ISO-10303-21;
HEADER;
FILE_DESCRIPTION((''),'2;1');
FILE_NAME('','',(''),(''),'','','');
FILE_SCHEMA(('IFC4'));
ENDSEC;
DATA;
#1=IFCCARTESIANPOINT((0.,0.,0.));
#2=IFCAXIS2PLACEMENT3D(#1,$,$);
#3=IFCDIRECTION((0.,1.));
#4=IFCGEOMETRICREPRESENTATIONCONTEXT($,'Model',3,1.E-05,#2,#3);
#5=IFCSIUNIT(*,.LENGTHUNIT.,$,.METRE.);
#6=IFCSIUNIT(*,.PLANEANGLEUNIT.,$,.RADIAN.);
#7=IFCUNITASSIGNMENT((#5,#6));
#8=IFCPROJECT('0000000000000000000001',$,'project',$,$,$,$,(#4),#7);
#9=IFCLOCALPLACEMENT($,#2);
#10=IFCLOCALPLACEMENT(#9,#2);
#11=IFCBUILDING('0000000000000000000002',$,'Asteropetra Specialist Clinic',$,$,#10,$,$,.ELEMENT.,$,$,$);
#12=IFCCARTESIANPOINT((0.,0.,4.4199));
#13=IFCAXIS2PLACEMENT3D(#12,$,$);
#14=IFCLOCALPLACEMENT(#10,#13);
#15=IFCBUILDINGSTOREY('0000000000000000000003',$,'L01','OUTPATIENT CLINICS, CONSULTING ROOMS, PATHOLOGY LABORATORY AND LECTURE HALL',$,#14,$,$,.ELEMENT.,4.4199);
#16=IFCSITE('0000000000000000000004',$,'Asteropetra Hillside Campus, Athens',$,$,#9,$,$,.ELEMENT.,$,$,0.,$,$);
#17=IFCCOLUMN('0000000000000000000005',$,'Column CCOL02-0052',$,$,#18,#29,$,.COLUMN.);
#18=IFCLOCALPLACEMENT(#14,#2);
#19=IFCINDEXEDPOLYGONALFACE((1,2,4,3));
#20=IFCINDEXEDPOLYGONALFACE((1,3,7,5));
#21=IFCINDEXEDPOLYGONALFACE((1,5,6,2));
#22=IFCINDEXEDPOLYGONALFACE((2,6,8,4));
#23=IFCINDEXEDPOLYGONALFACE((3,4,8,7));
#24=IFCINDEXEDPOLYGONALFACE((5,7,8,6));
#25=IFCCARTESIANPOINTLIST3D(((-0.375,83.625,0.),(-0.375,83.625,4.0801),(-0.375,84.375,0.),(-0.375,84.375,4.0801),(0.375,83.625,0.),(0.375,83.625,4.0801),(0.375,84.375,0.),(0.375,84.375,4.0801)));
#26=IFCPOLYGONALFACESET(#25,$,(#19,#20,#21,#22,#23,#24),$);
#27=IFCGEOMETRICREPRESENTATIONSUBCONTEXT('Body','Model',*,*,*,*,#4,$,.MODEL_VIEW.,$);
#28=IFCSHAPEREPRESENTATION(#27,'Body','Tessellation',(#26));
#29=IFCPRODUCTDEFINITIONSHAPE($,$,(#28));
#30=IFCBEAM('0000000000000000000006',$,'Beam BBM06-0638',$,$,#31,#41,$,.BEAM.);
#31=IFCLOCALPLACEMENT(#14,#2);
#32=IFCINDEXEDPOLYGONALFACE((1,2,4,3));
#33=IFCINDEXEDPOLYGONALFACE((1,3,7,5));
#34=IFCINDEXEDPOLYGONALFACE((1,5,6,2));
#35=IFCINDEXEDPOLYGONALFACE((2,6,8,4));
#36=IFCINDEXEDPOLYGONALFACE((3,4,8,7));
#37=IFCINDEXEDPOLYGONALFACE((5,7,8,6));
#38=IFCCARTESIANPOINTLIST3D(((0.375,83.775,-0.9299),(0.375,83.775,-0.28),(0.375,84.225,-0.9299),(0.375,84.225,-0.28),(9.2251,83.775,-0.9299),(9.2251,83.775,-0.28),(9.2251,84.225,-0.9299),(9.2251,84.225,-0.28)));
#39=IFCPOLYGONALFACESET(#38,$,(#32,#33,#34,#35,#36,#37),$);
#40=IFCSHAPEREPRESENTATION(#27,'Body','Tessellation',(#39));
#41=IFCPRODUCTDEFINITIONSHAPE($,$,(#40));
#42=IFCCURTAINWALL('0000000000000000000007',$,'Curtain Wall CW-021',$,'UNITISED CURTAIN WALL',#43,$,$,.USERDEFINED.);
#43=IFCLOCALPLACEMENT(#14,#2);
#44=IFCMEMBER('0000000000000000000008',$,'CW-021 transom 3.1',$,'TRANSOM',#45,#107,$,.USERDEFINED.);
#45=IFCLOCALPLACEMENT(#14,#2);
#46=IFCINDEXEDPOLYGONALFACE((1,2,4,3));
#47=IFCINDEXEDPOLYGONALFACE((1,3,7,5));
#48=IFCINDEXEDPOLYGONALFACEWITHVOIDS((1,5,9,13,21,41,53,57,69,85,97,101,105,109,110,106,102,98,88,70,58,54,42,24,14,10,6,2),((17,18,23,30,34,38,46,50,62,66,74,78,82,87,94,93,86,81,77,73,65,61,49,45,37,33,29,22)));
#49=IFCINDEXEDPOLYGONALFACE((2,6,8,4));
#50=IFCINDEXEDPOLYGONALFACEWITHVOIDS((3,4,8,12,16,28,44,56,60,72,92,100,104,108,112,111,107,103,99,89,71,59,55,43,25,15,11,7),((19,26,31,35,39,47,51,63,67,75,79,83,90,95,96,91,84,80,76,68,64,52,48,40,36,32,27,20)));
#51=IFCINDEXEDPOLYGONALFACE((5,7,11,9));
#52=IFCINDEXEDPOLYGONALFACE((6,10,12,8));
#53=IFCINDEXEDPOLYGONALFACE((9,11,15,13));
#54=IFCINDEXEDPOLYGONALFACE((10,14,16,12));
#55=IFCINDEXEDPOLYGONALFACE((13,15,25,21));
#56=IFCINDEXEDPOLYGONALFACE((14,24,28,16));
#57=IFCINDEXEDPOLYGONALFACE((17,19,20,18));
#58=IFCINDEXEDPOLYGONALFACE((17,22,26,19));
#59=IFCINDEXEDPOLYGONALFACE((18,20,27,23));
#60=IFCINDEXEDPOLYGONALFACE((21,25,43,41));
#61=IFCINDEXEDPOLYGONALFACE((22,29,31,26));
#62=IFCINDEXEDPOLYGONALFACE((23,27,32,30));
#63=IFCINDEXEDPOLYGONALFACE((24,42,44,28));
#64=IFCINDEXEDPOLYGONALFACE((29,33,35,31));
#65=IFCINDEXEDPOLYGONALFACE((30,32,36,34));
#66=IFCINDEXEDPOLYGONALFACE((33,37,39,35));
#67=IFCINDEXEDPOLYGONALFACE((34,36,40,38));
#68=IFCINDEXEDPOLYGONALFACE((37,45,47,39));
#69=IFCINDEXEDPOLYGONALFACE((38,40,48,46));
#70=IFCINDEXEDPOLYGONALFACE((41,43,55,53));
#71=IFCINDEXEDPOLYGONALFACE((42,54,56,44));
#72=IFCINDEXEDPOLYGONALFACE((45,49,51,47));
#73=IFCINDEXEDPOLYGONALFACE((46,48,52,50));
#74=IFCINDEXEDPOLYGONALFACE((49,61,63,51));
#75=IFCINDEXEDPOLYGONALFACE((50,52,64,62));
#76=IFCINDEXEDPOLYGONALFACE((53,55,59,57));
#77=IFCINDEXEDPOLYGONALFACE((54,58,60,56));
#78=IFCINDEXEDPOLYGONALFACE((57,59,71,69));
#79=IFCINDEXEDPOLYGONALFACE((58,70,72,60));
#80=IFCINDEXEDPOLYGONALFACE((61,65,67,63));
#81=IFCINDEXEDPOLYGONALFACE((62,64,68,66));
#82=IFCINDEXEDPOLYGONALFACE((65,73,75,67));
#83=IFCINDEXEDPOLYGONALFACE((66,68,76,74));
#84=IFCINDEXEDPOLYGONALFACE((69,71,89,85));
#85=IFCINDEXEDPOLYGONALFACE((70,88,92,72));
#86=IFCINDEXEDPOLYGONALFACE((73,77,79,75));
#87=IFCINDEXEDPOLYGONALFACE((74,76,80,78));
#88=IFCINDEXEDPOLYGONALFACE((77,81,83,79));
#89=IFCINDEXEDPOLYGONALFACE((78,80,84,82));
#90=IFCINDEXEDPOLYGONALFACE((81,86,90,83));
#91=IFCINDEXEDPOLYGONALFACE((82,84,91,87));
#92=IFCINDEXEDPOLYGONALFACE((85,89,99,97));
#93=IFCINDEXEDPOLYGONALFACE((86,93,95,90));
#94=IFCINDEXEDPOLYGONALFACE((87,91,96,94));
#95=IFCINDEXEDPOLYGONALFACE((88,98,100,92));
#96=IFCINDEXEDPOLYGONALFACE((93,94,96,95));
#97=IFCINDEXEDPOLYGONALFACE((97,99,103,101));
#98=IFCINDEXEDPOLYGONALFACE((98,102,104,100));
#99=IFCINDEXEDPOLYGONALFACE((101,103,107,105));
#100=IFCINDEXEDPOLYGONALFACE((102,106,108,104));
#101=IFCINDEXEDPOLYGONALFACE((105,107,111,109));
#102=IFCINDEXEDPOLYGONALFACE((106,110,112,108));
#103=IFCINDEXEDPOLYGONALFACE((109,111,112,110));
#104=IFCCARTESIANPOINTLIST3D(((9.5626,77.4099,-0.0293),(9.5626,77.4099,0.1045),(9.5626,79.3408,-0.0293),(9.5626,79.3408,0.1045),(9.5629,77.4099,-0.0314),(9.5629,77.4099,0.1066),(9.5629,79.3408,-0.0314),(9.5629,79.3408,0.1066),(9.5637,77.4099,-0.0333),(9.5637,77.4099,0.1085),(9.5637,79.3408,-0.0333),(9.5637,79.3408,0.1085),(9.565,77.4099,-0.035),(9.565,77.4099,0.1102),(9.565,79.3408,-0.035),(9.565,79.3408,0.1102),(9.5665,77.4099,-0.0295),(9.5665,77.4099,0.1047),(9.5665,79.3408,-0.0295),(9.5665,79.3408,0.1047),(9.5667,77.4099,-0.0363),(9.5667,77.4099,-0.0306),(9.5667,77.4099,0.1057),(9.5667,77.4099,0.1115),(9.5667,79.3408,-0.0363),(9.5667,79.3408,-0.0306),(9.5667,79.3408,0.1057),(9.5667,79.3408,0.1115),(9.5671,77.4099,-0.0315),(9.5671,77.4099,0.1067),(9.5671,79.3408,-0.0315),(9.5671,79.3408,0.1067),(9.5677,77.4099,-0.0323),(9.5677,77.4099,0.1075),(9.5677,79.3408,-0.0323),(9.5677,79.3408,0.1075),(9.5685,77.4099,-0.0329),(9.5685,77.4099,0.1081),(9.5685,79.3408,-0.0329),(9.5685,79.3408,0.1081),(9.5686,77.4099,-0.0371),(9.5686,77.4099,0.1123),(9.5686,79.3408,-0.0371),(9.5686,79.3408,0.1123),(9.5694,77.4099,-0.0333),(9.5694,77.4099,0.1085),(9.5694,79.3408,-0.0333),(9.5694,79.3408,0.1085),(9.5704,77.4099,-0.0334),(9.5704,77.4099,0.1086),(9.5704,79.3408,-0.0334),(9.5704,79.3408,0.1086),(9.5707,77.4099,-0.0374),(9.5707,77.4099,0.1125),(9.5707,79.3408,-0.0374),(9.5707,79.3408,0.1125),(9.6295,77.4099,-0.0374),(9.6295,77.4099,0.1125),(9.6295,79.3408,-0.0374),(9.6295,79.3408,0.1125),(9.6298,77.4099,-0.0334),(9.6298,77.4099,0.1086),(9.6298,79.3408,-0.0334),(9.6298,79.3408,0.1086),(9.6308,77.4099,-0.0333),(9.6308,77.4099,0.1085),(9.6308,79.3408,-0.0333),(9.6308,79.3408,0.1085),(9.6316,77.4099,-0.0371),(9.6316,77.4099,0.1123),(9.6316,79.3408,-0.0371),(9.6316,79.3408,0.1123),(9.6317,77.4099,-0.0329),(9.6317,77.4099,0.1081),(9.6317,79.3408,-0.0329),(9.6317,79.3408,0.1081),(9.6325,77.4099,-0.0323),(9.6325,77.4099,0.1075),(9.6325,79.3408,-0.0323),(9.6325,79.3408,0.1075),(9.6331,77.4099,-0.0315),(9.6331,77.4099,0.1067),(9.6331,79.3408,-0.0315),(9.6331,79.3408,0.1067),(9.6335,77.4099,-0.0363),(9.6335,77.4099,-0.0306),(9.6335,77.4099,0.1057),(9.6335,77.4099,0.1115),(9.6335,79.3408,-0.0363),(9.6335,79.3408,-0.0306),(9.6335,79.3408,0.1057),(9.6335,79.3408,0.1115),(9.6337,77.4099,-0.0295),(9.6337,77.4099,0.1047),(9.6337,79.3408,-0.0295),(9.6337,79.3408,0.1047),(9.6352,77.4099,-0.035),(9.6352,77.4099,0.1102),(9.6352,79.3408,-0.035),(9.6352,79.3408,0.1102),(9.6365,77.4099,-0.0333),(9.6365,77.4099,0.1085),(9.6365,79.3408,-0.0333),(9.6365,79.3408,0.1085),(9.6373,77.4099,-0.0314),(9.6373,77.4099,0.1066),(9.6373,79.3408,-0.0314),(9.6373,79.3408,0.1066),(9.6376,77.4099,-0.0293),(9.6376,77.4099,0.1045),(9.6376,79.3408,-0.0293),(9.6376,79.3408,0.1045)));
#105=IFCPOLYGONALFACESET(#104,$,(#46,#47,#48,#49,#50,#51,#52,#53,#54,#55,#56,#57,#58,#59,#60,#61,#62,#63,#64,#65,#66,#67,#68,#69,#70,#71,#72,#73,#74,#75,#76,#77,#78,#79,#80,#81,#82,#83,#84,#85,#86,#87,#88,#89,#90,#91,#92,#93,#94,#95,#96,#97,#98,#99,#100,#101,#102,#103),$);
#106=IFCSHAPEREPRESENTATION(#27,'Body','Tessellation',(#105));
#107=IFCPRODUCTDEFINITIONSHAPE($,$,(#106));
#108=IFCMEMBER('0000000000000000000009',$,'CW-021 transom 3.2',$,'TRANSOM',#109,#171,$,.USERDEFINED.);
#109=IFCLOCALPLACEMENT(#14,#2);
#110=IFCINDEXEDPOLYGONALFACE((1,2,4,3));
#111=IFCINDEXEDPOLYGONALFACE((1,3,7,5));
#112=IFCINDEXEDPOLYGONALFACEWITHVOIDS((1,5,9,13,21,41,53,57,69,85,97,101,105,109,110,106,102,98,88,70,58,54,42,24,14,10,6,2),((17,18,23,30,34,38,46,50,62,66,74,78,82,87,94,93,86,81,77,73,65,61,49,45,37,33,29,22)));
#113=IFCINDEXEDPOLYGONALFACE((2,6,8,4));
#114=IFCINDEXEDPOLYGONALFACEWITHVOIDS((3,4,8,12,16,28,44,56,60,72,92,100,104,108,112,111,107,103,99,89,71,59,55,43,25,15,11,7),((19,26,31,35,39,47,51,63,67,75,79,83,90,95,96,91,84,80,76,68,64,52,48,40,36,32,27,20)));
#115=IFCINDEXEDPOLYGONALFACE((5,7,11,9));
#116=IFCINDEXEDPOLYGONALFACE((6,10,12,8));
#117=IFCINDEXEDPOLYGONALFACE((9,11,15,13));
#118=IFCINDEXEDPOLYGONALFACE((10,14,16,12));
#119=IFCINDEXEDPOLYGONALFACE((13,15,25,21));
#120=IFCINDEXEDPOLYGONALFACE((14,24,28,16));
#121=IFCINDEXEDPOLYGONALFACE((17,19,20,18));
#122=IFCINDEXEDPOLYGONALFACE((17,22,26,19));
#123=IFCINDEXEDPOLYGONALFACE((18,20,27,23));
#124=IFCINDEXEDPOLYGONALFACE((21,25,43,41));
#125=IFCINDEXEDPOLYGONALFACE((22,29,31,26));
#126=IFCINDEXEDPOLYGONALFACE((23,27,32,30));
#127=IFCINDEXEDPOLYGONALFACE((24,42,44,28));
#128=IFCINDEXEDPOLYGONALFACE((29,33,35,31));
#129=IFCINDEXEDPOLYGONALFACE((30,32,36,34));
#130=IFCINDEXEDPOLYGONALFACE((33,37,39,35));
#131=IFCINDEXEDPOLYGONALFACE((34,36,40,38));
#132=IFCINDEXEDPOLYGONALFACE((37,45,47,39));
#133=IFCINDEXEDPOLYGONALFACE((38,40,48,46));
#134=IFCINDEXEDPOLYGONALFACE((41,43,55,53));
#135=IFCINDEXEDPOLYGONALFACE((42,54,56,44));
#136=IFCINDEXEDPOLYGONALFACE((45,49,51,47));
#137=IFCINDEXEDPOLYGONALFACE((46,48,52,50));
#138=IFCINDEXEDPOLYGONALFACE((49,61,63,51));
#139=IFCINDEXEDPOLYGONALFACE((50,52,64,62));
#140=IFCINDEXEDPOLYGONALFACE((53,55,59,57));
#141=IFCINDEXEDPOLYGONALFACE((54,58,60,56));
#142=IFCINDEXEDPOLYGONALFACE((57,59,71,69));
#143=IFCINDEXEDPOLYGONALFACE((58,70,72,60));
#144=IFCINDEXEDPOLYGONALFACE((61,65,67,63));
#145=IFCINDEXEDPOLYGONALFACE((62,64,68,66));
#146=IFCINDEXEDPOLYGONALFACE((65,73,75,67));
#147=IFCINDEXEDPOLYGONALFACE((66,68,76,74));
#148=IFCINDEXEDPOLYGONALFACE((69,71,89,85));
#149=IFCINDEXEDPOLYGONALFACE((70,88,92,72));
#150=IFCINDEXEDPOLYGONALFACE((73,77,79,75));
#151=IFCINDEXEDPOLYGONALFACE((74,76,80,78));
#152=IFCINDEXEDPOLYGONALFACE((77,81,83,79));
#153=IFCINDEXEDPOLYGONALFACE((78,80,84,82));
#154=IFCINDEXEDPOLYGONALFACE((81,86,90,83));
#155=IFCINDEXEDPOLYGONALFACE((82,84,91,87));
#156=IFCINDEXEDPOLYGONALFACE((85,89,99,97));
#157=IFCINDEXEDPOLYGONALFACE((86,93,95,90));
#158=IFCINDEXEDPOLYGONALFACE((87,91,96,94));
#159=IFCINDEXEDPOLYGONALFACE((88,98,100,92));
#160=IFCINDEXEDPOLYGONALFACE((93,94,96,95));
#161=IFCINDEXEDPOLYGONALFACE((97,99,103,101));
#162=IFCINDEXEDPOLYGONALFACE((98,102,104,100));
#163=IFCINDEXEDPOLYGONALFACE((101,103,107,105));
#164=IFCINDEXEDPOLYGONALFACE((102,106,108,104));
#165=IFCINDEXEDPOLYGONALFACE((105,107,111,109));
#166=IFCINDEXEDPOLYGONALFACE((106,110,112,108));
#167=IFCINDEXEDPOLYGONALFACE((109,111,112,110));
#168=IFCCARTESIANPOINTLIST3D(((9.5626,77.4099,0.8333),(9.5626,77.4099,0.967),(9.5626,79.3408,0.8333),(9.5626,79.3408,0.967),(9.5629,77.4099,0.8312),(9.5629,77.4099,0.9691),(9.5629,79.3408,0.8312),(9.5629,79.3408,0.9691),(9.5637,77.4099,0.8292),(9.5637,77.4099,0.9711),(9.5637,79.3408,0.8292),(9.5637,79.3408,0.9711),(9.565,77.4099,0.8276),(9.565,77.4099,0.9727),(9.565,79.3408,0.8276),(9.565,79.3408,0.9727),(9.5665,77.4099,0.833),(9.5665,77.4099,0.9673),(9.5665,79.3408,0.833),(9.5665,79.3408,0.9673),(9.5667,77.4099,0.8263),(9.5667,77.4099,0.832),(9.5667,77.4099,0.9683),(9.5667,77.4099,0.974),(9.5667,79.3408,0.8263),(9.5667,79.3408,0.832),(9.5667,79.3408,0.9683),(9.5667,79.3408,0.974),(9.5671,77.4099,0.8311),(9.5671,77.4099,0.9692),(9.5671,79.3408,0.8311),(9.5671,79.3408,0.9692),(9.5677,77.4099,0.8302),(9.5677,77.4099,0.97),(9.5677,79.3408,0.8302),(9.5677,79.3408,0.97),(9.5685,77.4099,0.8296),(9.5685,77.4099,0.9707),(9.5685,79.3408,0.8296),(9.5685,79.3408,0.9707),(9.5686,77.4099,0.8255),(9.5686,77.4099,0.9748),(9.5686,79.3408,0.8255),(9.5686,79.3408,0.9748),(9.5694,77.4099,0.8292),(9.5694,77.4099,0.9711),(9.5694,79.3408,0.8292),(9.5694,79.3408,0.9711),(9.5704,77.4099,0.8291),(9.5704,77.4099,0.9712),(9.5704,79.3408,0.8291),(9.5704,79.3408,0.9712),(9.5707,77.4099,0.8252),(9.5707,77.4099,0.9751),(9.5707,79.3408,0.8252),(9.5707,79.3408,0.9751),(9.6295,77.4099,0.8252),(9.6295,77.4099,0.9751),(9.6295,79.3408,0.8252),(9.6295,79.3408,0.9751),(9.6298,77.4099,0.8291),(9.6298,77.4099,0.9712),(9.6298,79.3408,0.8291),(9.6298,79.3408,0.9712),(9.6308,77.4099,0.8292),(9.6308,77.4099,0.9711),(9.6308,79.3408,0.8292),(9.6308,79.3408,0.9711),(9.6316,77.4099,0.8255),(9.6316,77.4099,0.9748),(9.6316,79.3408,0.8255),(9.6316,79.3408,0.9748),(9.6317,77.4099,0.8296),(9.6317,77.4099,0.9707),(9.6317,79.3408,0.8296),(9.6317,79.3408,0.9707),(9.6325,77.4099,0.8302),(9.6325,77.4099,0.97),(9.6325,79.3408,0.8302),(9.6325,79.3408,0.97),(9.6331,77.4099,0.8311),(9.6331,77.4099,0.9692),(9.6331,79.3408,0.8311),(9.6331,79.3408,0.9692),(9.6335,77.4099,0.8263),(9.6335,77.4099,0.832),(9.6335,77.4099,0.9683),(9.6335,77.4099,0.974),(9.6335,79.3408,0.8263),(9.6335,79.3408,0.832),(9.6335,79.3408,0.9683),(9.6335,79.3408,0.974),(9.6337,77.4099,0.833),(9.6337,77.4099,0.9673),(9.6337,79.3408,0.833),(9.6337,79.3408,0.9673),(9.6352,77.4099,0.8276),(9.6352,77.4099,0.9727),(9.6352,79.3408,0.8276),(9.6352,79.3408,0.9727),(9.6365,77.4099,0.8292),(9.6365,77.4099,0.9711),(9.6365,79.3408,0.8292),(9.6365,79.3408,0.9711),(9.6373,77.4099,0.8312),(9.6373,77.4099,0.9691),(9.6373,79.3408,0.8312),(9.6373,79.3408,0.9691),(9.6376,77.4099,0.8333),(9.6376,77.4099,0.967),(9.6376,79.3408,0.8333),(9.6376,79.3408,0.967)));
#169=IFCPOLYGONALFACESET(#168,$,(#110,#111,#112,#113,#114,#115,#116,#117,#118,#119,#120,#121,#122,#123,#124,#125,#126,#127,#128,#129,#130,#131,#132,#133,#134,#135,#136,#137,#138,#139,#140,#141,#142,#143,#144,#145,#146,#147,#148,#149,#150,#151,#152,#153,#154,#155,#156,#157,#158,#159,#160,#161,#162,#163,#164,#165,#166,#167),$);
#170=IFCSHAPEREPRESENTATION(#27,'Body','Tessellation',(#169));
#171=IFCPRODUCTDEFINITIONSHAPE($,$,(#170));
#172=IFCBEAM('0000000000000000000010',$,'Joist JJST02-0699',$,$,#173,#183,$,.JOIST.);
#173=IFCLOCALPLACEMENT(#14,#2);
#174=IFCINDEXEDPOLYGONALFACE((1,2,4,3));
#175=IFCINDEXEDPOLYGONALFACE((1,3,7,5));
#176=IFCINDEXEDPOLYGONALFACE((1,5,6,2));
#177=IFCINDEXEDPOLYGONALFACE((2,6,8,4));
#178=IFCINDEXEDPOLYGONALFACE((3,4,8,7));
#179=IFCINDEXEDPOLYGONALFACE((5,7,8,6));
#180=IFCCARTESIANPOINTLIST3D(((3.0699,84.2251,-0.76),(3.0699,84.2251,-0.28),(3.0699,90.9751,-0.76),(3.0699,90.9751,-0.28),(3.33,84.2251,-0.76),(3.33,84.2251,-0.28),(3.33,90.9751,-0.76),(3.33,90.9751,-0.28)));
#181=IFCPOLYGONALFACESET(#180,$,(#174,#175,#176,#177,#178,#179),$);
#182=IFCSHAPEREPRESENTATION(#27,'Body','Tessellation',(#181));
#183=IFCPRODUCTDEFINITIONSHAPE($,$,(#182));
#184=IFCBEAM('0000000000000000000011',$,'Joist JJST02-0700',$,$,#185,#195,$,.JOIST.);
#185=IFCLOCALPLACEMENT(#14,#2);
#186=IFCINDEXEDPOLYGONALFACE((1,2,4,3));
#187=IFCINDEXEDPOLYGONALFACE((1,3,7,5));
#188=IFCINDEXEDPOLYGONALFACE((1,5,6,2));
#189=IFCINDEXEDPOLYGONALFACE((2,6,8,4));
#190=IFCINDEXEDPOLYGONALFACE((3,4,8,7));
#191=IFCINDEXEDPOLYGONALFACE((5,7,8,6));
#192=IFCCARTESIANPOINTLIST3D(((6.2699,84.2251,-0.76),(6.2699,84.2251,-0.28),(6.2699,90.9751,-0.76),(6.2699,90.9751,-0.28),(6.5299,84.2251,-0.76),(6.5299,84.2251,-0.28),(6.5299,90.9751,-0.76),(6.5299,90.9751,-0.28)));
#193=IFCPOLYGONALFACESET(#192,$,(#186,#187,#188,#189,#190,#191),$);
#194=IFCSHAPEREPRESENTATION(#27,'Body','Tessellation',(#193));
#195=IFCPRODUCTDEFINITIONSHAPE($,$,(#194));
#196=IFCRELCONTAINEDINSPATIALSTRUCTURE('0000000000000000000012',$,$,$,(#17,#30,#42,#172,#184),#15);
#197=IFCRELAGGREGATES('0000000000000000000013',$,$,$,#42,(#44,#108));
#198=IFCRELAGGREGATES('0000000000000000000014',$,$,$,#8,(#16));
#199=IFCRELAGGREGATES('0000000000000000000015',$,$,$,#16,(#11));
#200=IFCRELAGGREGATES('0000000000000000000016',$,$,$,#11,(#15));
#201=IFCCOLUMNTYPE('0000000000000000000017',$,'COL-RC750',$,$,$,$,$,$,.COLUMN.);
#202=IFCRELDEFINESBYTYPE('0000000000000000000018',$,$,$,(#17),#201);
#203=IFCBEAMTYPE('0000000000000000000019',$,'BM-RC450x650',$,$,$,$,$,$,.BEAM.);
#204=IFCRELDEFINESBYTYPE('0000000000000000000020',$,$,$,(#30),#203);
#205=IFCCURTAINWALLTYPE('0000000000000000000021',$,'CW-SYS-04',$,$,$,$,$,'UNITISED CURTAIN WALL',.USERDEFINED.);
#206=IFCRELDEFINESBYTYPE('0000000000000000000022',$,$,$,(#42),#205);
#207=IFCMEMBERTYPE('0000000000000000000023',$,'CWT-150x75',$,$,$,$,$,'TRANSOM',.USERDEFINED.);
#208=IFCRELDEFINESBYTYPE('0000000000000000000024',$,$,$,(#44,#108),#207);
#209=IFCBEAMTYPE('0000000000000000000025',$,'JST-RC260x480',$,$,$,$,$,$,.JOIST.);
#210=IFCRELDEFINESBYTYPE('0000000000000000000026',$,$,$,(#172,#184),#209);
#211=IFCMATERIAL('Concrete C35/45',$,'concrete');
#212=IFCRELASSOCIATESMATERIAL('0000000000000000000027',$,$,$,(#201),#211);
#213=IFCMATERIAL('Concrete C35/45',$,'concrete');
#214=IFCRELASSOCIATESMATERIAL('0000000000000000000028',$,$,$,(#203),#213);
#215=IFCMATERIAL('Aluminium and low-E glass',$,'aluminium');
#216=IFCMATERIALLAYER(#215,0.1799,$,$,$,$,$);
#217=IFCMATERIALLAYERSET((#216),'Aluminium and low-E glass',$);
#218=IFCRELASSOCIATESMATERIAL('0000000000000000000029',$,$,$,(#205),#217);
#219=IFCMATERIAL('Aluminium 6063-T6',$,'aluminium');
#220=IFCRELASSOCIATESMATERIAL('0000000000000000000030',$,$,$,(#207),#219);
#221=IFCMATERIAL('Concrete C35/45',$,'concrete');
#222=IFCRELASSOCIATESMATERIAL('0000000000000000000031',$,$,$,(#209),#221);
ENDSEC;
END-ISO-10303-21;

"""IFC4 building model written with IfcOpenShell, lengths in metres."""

from ifc_helpers import new_model, si_unit, direction, frame, origin, origin_2d, place, context, subcontext, project, spatial, rectangle, hollow_rectangle, extrude, material, layer, layer_set, material_profile, profile_set, type_object, element, aggregate, save


model = new_model("IFC4")

# Units and contexts
model_context = context("Model", 3, precision=1e-05, world=origin(), true_north=direction((0.0, 1.0)))
body_context = subcontext(model_context, "Body", "Model", "MODEL_VIEW")
ifc_project = project(units=[si_unit("LENGTHUNIT", "METRE"), si_unit("PLANEANGLEUNIT", "RADIAN")], contexts=[model_context])

# Site, building, storey
site_placement = place(None, origin())
site = spatial("IfcSite", under=ifc_project, at=site_placement, Name="Asteropetra Hillside Campus, Athens", CompositionType="ELEMENT", RefElevation=0.0)
building_placement = place(site_placement, origin())
building = spatial("IfcBuilding", under=site, at=building_placement, Name="Asteropetra Specialist Clinic", CompositionType="ELEMENT")
storey_placement = place(building_placement, frame((0.0, 0.0, 4.4199)))
storey = spatial("IfcBuildingStorey", under=building, at=storey_placement, Name="L01", Description="OUTPATIENT CLINICS, CONSULTING ROOMS, PATHOLOGY LABORATORY AND LECTURE HALL", CompositionType="ELEMENT", Elevation=4.4199)

# Column
ifc_material_1 = material(Name="Concrete C35/45", Category="concrete")
ifc_material_profile_1 = material_profile(ifc_material_1, rectangle(XDim=0.75, YDim=0.75, at=origin_2d()), Name="RC 750x750")
ifc_profile_set_1 = profile_set([ifc_material_profile_1], Name="Concrete C35/45")
column_type = type_object("IfcColumnType", Name="COL-RC750", PredefinedType="COLUMN", material=ifc_profile_set_1)
column_placement = place(storey_placement, frame((0.0, 84.0, 0.0), z_axis=(0.0, 0.0, 1.0), x_axis=(1.0, 0.0, 0.0)))
element("IfcColumn", 1, at=column_placement, inside=storey, type_object=column_type, Name="Column CCOL02-0052", PredefinedType="COLUMN", context=body_context, shape_type="SweptSolid", body=[
    extrude(rectangle(XDim=0.75, YDim=0.75, at=origin_2d()), origin(), (0.0, 0.0, 1.0), 4.0801),
])

# Beam
ifc_material_2 = material(Name="Concrete C35/45", Category="concrete")
ifc_material_profile_2 = material_profile(ifc_material_2, rectangle(XDim=0.45, YDim=0.6499, at=origin_2d()), Name="RCB 450x650")
ifc_profile_set_2 = profile_set([ifc_material_profile_2], Name="Concrete C35/45")
beam_type_1 = type_object("IfcBeamType", Name="BM-RC450x650", PredefinedType="BEAM", material=ifc_profile_set_2)
beam_1_placement = place(storey_placement, frame((0.375, 84.0, -0.605), z_axis=(1.0, 0.0, 0.0), x_axis=(0.0, 1.0, 0.0)))
element("IfcBeam", 2, at=beam_1_placement, inside=storey, type_object=beam_type_1, Name="Beam BBM06-0638", PredefinedType="BEAM", context=body_context, shape_type="SweptSolid", body=[
    extrude(rectangle(XDim=0.45, YDim=0.6499, at=origin_2d()), origin(), (0.0, 0.0, 1.0), 8.8501),
])

# Curtain wall, members
ifc_material_3 = material(Name="Aluminium and low-E glass", Category="aluminium")
ifc_layer_1 = layer(ifc_material_3, 0.1799)
ifc_layer_set_1 = layer_set([ifc_layer_1], Name="Aluminium and low-E glass")
curtain_wall_type = type_object("IfcCurtainWallType", Name="CW-SYS-04", ElementType="UNITISED CURTAIN WALL", PredefinedType="USERDEFINED", material=ifc_layer_set_1)
curtain_wall_placement = place(storey_placement, origin())
curtain_wall = element("IfcCurtainWall", 3, at=curtain_wall_placement, inside=storey, type_object=curtain_wall_type, Name="Curtain Wall CW-021", ObjectType="UNITISED CURTAIN WALL", PredefinedType="USERDEFINED")
ifc_material_4 = material(Name="Aluminium 6063-T6", Category="aluminium")
ifc_material_profile_3 = material_profile(ifc_material_4, hollow_rectangle(XDim=0.075, YDim=0.1499, WallThickness=0.0039, InnerFilletRadius=0.0039, OuterFilletRadius=0.0081, at=origin_2d()), Name="TRN 150x75x4.0")
ifc_profile_set_3 = profile_set([ifc_material_profile_3], Name="Aluminium 6063-T6")
member_type = type_object("IfcMemberType", Name="CWT-150x75", ElementType="TRANSOM", PredefinedType="USERDEFINED", material=ifc_profile_set_3)
member_1_placement = place(storey_placement, frame((9.6001, 79.3408, 0.0376), z_axis=(0.0, -1.0, 0.0), x_axis=(1.0, 0.0, 0.0)))
member_1 = element("IfcMember", 4, at=member_1_placement, type_object=member_type, Name="CW-021 transom 3.1", ObjectType="TRANSOM", PredefinedType="USERDEFINED", context=body_context, shape_type="SweptSolid", body=[
    extrude(hollow_rectangle(XDim=0.075, YDim=0.1499, WallThickness=0.0039, InnerFilletRadius=0.0039, OuterFilletRadius=0.0081, at=origin_2d()), origin(), (0.0, 0.0, 1.0), 1.9309),
])
member_2_placement = place(storey_placement, frame((9.6001, 79.3408, 0.9001), z_axis=(0.0, -1.0, 0.0), x_axis=(1.0, 0.0, 0.0)))
member_2 = element("IfcMember", 5, at=member_2_placement, type_object=member_type, Name="CW-021 transom 3.2", ObjectType="TRANSOM", PredefinedType="USERDEFINED", context=body_context, shape_type="SweptSolid", body=[
    extrude(hollow_rectangle(XDim=0.075, YDim=0.1499, WallThickness=0.0039, InnerFilletRadius=0.0039, OuterFilletRadius=0.0081, at=origin_2d()), origin(), (0.0, 0.0, 1.0), 1.9309),
])
aggregate(curtain_wall, [member_1, member_2])

# Beams
ifc_material_5 = material(Name="Concrete C35/45", Category="concrete")
ifc_material_profile_4 = material_profile(ifc_material_5, rectangle(XDim=0.26, YDim=0.48, at=origin_2d()), Name="RCJ 260x480")
ifc_profile_set_4 = profile_set([ifc_material_profile_4], Name="Concrete C35/45")
beam_type_2 = type_object("IfcBeamType", Name="JST-RC260x480", PredefinedType="JOIST", material=ifc_profile_set_4)
for number, where, z_axis, x_axis, name in (
    (6, (3.2, 84.2251, -0.52), (0.0, 1.0, 0.0), (-1.0, 0.0, 0.0), "Joist JJST02-0699"),
    (7, (6.3999, 84.2251, -0.52), (0.0, 1.0, 0.0), (-1.0, 0.0, 0.0), "Joist JJST02-0700"),
):
    element("IfcBeam", number, at=place(storey_placement, frame(where, z_axis=z_axis, x_axis=x_axis)), inside=storey, type_object=beam_type_2, Name=name, PredefinedType="JOIST", context=body_context, shape_type="SweptSolid", body=[
        extrude(rectangle(XDim=0.26, YDim=0.48, at=origin_2d()), origin(), (0.0, 0.0, 1.0), 6.75),
    ])

save(model, "model.ifc")
